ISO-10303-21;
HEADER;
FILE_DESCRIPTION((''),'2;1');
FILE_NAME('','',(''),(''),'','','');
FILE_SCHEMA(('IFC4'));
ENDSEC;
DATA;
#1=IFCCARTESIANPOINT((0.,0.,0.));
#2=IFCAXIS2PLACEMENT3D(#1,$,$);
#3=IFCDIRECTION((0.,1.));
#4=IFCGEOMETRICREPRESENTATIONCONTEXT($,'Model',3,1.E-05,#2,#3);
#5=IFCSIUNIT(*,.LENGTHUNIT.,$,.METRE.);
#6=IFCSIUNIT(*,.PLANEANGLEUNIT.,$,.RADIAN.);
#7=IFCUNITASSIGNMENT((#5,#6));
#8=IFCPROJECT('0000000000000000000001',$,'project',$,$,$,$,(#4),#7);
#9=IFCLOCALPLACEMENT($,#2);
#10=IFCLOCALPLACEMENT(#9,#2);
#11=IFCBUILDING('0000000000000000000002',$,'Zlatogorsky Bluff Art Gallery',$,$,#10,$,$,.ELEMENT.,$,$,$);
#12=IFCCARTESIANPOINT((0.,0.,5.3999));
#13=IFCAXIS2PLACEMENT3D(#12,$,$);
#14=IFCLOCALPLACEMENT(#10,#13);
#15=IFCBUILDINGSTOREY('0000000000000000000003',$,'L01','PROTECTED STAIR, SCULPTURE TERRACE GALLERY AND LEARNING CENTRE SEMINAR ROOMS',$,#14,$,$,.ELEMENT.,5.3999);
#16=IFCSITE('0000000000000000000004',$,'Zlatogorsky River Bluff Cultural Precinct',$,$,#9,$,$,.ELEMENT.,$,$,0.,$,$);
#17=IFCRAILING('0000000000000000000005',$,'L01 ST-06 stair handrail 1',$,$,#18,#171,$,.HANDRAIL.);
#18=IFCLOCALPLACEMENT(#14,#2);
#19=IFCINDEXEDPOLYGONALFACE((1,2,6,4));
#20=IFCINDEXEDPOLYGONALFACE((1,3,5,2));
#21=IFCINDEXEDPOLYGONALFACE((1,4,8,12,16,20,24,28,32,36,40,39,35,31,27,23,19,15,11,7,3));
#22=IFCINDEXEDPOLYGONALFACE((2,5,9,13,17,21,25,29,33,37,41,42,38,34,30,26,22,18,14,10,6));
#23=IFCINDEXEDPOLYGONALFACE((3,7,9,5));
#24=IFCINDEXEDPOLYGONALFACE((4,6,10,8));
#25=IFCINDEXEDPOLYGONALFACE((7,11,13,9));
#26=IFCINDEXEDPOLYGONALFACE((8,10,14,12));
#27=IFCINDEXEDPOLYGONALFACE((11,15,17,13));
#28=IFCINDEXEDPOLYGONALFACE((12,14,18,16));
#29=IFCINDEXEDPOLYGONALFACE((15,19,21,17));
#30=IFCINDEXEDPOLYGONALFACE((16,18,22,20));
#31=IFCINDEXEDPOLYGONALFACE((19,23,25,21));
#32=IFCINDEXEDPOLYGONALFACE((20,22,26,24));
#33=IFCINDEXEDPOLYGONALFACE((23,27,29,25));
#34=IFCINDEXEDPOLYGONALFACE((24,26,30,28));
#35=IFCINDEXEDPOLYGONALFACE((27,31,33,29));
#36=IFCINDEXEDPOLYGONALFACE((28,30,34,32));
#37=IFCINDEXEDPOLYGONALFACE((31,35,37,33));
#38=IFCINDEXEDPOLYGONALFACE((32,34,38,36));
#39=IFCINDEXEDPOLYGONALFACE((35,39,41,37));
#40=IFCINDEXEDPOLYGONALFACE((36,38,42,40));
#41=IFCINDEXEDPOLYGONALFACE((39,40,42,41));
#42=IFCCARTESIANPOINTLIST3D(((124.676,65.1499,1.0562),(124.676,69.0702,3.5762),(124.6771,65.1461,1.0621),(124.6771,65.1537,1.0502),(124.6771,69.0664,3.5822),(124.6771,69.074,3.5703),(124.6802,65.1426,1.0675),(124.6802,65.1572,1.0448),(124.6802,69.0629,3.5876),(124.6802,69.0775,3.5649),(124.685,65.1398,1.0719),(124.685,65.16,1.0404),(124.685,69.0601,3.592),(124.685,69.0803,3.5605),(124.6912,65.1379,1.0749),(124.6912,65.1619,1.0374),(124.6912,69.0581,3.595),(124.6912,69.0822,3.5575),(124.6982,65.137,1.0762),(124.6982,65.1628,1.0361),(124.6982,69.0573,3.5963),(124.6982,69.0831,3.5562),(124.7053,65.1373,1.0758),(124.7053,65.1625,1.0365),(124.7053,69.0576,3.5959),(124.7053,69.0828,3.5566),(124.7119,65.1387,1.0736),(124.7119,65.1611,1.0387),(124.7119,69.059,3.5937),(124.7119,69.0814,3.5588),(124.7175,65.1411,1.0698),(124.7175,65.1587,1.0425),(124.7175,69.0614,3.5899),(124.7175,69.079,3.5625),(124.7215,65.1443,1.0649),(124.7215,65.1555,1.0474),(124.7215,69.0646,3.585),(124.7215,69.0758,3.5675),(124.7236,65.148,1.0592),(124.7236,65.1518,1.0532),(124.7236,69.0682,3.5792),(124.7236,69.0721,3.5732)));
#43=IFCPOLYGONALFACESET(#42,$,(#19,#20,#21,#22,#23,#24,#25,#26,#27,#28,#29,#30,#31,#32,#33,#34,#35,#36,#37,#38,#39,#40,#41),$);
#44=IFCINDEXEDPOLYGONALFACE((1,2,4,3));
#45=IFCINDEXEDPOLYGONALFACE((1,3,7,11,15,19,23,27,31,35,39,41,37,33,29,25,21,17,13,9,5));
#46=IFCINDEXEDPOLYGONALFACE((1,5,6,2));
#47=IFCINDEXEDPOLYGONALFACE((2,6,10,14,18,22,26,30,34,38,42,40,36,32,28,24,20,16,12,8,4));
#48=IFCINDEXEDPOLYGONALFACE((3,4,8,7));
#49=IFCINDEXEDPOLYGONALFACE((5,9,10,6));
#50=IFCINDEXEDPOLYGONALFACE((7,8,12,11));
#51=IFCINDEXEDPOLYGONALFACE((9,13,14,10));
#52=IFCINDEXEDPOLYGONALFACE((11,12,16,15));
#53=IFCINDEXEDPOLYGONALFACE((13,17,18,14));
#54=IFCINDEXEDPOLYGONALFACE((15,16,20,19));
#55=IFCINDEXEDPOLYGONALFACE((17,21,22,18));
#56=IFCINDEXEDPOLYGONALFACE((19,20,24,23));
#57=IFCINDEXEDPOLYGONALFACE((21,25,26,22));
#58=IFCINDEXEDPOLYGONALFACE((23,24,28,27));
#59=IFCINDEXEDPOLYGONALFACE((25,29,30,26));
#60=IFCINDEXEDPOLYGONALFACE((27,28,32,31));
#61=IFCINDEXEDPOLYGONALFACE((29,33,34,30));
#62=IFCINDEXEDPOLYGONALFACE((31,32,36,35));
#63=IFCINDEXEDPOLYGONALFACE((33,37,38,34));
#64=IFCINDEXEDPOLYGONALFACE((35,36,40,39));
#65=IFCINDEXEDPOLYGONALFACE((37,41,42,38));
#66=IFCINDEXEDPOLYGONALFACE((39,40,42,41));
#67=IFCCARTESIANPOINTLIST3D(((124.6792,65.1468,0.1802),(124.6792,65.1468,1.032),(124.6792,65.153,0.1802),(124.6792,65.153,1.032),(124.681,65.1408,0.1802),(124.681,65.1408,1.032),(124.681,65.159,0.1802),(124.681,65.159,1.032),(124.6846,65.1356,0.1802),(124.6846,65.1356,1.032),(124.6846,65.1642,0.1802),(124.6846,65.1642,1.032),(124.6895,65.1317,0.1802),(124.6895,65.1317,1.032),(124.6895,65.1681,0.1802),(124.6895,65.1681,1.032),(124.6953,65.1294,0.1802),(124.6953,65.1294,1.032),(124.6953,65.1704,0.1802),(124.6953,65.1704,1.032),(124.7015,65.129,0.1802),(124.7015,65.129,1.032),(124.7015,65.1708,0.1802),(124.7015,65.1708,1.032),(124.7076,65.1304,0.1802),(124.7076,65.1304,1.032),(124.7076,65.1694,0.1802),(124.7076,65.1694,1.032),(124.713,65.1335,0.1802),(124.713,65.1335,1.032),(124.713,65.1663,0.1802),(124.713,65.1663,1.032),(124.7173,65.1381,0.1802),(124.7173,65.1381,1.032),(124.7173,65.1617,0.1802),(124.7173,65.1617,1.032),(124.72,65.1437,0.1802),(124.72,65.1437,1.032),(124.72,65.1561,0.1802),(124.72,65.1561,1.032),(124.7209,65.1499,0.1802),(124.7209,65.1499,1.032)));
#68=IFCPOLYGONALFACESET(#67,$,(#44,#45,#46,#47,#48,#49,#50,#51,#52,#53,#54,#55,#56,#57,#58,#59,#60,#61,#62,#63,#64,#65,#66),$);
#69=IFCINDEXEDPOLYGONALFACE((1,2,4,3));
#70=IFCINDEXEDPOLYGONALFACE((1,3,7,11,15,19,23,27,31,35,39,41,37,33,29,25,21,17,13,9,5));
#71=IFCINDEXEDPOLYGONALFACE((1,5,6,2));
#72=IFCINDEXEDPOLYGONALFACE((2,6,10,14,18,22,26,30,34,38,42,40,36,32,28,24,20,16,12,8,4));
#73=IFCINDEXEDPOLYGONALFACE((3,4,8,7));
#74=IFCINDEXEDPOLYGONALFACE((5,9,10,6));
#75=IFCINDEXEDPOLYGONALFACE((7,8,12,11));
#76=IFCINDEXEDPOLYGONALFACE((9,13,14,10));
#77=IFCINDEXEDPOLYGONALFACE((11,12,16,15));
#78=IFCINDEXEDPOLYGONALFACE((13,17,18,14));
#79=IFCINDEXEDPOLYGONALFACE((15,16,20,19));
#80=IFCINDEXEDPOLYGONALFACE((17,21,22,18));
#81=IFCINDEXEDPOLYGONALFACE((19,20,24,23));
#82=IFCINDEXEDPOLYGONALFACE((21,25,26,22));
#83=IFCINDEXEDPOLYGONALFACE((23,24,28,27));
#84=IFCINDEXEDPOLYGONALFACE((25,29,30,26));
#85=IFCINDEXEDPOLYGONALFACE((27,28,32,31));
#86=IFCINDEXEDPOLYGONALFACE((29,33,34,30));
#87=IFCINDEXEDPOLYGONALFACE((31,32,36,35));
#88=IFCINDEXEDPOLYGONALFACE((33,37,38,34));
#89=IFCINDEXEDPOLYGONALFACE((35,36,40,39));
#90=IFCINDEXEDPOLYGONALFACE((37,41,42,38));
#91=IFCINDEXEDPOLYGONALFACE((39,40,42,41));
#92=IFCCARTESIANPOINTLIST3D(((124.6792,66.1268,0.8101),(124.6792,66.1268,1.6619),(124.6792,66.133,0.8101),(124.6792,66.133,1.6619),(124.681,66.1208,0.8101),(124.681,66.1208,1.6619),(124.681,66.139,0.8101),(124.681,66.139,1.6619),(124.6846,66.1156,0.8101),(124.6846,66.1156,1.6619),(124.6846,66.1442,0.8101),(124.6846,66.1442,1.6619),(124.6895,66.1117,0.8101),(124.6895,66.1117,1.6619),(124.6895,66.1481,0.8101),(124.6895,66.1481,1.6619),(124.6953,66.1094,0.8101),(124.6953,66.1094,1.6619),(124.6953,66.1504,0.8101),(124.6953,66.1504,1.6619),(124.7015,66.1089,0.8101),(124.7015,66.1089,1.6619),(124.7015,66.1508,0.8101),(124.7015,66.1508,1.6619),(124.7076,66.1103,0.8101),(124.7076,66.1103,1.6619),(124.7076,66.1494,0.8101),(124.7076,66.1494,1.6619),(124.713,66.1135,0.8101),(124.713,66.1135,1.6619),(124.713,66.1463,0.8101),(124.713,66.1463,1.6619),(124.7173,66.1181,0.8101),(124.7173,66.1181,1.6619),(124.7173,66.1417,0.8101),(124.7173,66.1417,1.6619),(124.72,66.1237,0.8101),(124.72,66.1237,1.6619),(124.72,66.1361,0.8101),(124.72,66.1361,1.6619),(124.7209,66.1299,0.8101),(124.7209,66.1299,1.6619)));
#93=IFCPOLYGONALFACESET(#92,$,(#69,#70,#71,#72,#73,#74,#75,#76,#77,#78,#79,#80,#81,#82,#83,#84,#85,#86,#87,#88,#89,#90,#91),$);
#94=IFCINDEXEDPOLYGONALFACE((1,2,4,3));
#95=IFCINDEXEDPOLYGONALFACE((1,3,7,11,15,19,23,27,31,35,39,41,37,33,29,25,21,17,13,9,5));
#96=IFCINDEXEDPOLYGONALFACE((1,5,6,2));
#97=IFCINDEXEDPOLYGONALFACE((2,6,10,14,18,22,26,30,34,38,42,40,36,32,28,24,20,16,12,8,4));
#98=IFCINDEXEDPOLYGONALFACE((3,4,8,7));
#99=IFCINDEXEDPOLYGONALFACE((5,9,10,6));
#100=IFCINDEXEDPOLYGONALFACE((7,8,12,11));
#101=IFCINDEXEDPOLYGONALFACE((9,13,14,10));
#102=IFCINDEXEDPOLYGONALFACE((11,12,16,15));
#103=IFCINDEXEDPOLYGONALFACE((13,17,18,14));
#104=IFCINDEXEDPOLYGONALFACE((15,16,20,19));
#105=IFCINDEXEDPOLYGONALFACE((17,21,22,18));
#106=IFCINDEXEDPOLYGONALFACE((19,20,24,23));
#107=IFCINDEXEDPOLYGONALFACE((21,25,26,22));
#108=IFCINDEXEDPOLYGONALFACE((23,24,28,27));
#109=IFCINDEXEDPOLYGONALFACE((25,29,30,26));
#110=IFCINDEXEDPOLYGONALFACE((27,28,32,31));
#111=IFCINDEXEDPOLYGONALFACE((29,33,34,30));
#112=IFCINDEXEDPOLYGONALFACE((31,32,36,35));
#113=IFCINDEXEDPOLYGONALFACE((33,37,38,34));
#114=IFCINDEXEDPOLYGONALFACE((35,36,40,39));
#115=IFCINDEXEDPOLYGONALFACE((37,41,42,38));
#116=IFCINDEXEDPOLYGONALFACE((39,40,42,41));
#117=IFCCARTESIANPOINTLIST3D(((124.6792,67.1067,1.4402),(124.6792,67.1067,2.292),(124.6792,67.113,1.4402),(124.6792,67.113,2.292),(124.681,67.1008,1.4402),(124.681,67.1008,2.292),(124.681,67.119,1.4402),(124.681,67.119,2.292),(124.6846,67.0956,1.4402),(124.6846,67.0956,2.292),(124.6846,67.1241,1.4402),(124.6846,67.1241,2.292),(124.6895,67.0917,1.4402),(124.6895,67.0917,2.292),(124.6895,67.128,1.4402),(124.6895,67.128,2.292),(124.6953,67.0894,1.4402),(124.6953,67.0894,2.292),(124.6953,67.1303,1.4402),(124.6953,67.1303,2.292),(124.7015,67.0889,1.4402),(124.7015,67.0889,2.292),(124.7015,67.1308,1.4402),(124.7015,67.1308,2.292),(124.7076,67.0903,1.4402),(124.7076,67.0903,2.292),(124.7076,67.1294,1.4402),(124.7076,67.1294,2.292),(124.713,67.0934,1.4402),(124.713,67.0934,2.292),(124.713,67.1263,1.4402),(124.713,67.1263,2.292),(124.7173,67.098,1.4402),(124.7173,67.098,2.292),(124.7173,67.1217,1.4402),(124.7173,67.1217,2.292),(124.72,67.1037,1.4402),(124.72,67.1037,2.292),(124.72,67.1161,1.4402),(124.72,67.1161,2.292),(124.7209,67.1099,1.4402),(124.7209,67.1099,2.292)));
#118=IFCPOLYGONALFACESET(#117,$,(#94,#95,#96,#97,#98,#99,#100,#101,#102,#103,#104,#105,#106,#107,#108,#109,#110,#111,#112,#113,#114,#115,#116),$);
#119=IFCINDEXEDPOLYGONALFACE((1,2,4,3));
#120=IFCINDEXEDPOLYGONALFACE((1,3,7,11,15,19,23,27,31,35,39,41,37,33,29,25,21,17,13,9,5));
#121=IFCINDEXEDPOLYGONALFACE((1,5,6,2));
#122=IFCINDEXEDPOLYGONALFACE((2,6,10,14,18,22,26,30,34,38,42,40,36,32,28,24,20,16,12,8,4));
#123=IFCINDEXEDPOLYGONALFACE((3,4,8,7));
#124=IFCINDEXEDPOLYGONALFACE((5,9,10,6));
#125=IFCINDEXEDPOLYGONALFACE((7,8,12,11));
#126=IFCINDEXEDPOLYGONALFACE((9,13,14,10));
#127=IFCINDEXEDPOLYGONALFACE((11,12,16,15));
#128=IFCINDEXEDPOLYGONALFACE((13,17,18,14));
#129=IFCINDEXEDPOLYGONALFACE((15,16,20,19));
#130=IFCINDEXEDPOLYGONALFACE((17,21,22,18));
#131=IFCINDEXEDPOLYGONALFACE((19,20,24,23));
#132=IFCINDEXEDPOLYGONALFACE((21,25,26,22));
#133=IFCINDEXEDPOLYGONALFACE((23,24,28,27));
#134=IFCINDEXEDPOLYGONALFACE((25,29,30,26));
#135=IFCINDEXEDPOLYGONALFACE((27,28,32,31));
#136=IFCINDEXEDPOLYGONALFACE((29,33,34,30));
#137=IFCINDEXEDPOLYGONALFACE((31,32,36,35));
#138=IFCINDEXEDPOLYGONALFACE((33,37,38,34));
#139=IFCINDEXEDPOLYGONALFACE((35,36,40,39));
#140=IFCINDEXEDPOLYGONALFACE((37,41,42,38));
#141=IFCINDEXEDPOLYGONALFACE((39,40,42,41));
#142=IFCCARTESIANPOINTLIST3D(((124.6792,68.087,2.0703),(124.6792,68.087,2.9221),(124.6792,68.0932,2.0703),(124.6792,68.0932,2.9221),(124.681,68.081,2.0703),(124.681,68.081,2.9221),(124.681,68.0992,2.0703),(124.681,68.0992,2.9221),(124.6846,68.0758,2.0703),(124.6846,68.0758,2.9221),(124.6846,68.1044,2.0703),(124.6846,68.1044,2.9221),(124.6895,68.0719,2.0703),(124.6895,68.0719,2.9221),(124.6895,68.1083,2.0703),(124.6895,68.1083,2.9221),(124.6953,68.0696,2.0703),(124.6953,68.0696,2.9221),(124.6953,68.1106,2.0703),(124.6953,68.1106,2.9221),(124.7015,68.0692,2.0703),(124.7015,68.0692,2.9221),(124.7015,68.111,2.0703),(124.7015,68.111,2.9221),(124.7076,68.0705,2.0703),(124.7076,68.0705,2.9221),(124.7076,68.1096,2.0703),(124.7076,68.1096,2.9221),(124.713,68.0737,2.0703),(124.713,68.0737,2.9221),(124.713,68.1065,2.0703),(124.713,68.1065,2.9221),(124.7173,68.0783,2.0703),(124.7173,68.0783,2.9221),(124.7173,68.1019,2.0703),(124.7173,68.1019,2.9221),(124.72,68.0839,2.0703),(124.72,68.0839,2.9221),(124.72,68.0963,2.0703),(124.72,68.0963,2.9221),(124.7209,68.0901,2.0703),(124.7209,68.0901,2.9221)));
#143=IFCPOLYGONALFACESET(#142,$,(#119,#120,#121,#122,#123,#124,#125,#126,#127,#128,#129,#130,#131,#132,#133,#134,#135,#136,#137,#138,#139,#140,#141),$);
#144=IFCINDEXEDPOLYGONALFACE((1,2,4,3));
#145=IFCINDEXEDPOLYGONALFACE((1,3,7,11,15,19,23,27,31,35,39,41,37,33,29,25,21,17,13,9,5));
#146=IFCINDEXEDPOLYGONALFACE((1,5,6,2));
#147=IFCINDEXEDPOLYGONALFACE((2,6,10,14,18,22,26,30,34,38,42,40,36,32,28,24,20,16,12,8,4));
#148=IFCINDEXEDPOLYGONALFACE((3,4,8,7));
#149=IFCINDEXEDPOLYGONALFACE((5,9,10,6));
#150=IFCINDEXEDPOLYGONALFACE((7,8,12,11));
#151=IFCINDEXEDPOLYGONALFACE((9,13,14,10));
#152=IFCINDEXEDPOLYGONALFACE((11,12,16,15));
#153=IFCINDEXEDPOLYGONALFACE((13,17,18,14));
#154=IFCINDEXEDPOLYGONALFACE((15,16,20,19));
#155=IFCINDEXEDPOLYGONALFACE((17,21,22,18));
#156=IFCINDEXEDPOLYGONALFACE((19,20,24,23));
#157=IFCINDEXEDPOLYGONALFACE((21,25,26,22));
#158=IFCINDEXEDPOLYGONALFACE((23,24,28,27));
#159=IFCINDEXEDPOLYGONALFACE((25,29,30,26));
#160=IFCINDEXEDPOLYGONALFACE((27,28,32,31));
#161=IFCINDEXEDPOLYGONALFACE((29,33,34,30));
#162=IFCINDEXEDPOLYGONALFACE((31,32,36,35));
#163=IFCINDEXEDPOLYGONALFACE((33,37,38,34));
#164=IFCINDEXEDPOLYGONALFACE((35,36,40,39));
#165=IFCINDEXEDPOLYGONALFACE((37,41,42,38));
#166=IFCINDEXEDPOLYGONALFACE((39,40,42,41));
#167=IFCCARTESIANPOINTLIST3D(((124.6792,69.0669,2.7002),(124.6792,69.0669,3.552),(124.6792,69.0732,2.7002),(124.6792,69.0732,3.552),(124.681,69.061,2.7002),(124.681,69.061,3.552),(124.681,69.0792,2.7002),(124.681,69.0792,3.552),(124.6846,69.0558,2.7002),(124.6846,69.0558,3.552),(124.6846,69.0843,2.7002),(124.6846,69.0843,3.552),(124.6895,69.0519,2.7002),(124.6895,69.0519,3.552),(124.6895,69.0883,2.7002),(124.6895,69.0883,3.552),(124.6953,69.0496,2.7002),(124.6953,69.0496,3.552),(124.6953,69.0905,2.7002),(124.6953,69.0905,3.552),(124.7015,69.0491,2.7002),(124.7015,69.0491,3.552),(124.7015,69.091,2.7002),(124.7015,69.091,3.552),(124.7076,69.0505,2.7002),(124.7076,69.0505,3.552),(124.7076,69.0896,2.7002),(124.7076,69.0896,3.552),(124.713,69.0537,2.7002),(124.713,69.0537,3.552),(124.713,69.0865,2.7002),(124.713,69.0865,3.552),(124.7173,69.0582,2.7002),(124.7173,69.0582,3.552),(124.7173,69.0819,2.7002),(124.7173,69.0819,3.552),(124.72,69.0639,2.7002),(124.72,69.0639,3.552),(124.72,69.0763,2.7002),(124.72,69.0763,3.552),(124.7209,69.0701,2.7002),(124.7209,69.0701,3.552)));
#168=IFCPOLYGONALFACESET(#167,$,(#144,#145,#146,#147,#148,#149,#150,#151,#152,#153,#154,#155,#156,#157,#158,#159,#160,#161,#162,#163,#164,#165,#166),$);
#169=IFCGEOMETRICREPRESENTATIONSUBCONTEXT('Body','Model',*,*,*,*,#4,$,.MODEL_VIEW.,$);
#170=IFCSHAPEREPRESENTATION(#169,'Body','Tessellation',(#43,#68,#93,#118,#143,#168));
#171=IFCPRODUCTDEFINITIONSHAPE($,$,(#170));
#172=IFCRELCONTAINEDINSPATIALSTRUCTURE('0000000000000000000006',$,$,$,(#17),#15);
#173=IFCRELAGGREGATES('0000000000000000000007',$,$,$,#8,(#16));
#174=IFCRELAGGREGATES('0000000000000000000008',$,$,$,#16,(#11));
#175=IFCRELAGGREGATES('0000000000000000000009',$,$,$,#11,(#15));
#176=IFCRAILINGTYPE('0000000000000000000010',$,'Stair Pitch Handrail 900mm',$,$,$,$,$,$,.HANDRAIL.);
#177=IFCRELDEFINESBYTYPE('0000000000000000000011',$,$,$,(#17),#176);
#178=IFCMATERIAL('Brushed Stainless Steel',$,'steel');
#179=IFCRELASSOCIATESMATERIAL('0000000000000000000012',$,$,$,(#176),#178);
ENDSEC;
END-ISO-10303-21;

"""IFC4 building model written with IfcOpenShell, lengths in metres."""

from ifc_helpers import new_model, si_unit, direction, frame, origin, origin_2d, place, context, subcontext, project, spatial, circle, extrude, material, type_object, element, save


model = new_model("IFC4")

# Units and contexts
model_context = context("Model", 3, precision=1e-05, world=origin(), true_north=direction((0.0, 1.0)))
body_context = subcontext(model_context, "Body", "Model", "MODEL_VIEW")
ifc_project = project(units=[si_unit("LENGTHUNIT", "METRE"), si_unit("PLANEANGLEUNIT", "RADIAN")], contexts=[model_context])

# Site, building, storey
site_placement = place(None, origin())
site = spatial("IfcSite", under=ifc_project, at=site_placement, Name="Zlatogorsky River Bluff Cultural Precinct", CompositionType="ELEMENT", RefElevation=0.0)
building_placement = place(site_placement, origin())
building = spatial("IfcBuilding", under=site, at=building_placement, Name="Zlatogorsky Bluff Art Gallery", CompositionType="ELEMENT")
storey_placement = place(building_placement, frame((0.0, 0.0, 5.3999)))
storey = spatial("IfcBuildingStorey", under=building, at=storey_placement, Name="L01", Description="PROTECTED STAIR, SCULPTURE TERRACE GALLERY AND LEARNING CENTRE SEMINAR ROOMS", CompositionType="ELEMENT", Elevation=5.3999)

# Railing
ifc_material_1 = material(Name="Brushed Stainless Steel", Category="steel")
railing_type_1 = type_object("IfcRailingType", Name="Stair Pitch Handrail 900mm", PredefinedType="HANDRAIL", material=ifc_material_1)
railing_1_placement = place(storey_placement, frame((124.7, 65.1499, 0.1802)))
element("IfcRailing", 1, at=railing_1_placement, inside=storey, type_object=railing_type_1, Name="L01 ST-06 stair handrail 1", PredefinedType="HANDRAIL", context=body_context, shape_type="SweptSolid", body=[
    extrude(circle(Radius=0.0239, at=origin_2d()), frame((0.0, 0.0, 0.876), z_axis=(0.0, 0.841187, 0.540744), x_axis=(-1.0, 0.0, 0.0)), (0.0, 0.0, 1.0), 4.6604),
    extrude(circle(Radius=0.021, at=origin_2d()), origin(), (0.0, 0.0, 1.0), 0.8518),
    extrude(circle(Radius=0.021, at=origin_2d()), frame((0.0, 0.98, 0.6299)), (0.0, 0.0, 1.0), 0.8518),
    extrude(circle(Radius=0.021, at=origin_2d()), frame((0.0, 1.96, 1.26)), (0.0, 0.0, 1.0), 0.8518),
    extrude(circle(Radius=0.021, at=origin_2d()), frame((0.0, 2.9402, 1.8901)), (0.0, 0.0, 1.0), 0.8518),
    extrude(circle(Radius=0.021, at=origin_2d()), frame((0.0, 3.9202, 2.52)), (0.0, 0.0, 1.0), 0.8518),
])

save(model, "model.ifc")
